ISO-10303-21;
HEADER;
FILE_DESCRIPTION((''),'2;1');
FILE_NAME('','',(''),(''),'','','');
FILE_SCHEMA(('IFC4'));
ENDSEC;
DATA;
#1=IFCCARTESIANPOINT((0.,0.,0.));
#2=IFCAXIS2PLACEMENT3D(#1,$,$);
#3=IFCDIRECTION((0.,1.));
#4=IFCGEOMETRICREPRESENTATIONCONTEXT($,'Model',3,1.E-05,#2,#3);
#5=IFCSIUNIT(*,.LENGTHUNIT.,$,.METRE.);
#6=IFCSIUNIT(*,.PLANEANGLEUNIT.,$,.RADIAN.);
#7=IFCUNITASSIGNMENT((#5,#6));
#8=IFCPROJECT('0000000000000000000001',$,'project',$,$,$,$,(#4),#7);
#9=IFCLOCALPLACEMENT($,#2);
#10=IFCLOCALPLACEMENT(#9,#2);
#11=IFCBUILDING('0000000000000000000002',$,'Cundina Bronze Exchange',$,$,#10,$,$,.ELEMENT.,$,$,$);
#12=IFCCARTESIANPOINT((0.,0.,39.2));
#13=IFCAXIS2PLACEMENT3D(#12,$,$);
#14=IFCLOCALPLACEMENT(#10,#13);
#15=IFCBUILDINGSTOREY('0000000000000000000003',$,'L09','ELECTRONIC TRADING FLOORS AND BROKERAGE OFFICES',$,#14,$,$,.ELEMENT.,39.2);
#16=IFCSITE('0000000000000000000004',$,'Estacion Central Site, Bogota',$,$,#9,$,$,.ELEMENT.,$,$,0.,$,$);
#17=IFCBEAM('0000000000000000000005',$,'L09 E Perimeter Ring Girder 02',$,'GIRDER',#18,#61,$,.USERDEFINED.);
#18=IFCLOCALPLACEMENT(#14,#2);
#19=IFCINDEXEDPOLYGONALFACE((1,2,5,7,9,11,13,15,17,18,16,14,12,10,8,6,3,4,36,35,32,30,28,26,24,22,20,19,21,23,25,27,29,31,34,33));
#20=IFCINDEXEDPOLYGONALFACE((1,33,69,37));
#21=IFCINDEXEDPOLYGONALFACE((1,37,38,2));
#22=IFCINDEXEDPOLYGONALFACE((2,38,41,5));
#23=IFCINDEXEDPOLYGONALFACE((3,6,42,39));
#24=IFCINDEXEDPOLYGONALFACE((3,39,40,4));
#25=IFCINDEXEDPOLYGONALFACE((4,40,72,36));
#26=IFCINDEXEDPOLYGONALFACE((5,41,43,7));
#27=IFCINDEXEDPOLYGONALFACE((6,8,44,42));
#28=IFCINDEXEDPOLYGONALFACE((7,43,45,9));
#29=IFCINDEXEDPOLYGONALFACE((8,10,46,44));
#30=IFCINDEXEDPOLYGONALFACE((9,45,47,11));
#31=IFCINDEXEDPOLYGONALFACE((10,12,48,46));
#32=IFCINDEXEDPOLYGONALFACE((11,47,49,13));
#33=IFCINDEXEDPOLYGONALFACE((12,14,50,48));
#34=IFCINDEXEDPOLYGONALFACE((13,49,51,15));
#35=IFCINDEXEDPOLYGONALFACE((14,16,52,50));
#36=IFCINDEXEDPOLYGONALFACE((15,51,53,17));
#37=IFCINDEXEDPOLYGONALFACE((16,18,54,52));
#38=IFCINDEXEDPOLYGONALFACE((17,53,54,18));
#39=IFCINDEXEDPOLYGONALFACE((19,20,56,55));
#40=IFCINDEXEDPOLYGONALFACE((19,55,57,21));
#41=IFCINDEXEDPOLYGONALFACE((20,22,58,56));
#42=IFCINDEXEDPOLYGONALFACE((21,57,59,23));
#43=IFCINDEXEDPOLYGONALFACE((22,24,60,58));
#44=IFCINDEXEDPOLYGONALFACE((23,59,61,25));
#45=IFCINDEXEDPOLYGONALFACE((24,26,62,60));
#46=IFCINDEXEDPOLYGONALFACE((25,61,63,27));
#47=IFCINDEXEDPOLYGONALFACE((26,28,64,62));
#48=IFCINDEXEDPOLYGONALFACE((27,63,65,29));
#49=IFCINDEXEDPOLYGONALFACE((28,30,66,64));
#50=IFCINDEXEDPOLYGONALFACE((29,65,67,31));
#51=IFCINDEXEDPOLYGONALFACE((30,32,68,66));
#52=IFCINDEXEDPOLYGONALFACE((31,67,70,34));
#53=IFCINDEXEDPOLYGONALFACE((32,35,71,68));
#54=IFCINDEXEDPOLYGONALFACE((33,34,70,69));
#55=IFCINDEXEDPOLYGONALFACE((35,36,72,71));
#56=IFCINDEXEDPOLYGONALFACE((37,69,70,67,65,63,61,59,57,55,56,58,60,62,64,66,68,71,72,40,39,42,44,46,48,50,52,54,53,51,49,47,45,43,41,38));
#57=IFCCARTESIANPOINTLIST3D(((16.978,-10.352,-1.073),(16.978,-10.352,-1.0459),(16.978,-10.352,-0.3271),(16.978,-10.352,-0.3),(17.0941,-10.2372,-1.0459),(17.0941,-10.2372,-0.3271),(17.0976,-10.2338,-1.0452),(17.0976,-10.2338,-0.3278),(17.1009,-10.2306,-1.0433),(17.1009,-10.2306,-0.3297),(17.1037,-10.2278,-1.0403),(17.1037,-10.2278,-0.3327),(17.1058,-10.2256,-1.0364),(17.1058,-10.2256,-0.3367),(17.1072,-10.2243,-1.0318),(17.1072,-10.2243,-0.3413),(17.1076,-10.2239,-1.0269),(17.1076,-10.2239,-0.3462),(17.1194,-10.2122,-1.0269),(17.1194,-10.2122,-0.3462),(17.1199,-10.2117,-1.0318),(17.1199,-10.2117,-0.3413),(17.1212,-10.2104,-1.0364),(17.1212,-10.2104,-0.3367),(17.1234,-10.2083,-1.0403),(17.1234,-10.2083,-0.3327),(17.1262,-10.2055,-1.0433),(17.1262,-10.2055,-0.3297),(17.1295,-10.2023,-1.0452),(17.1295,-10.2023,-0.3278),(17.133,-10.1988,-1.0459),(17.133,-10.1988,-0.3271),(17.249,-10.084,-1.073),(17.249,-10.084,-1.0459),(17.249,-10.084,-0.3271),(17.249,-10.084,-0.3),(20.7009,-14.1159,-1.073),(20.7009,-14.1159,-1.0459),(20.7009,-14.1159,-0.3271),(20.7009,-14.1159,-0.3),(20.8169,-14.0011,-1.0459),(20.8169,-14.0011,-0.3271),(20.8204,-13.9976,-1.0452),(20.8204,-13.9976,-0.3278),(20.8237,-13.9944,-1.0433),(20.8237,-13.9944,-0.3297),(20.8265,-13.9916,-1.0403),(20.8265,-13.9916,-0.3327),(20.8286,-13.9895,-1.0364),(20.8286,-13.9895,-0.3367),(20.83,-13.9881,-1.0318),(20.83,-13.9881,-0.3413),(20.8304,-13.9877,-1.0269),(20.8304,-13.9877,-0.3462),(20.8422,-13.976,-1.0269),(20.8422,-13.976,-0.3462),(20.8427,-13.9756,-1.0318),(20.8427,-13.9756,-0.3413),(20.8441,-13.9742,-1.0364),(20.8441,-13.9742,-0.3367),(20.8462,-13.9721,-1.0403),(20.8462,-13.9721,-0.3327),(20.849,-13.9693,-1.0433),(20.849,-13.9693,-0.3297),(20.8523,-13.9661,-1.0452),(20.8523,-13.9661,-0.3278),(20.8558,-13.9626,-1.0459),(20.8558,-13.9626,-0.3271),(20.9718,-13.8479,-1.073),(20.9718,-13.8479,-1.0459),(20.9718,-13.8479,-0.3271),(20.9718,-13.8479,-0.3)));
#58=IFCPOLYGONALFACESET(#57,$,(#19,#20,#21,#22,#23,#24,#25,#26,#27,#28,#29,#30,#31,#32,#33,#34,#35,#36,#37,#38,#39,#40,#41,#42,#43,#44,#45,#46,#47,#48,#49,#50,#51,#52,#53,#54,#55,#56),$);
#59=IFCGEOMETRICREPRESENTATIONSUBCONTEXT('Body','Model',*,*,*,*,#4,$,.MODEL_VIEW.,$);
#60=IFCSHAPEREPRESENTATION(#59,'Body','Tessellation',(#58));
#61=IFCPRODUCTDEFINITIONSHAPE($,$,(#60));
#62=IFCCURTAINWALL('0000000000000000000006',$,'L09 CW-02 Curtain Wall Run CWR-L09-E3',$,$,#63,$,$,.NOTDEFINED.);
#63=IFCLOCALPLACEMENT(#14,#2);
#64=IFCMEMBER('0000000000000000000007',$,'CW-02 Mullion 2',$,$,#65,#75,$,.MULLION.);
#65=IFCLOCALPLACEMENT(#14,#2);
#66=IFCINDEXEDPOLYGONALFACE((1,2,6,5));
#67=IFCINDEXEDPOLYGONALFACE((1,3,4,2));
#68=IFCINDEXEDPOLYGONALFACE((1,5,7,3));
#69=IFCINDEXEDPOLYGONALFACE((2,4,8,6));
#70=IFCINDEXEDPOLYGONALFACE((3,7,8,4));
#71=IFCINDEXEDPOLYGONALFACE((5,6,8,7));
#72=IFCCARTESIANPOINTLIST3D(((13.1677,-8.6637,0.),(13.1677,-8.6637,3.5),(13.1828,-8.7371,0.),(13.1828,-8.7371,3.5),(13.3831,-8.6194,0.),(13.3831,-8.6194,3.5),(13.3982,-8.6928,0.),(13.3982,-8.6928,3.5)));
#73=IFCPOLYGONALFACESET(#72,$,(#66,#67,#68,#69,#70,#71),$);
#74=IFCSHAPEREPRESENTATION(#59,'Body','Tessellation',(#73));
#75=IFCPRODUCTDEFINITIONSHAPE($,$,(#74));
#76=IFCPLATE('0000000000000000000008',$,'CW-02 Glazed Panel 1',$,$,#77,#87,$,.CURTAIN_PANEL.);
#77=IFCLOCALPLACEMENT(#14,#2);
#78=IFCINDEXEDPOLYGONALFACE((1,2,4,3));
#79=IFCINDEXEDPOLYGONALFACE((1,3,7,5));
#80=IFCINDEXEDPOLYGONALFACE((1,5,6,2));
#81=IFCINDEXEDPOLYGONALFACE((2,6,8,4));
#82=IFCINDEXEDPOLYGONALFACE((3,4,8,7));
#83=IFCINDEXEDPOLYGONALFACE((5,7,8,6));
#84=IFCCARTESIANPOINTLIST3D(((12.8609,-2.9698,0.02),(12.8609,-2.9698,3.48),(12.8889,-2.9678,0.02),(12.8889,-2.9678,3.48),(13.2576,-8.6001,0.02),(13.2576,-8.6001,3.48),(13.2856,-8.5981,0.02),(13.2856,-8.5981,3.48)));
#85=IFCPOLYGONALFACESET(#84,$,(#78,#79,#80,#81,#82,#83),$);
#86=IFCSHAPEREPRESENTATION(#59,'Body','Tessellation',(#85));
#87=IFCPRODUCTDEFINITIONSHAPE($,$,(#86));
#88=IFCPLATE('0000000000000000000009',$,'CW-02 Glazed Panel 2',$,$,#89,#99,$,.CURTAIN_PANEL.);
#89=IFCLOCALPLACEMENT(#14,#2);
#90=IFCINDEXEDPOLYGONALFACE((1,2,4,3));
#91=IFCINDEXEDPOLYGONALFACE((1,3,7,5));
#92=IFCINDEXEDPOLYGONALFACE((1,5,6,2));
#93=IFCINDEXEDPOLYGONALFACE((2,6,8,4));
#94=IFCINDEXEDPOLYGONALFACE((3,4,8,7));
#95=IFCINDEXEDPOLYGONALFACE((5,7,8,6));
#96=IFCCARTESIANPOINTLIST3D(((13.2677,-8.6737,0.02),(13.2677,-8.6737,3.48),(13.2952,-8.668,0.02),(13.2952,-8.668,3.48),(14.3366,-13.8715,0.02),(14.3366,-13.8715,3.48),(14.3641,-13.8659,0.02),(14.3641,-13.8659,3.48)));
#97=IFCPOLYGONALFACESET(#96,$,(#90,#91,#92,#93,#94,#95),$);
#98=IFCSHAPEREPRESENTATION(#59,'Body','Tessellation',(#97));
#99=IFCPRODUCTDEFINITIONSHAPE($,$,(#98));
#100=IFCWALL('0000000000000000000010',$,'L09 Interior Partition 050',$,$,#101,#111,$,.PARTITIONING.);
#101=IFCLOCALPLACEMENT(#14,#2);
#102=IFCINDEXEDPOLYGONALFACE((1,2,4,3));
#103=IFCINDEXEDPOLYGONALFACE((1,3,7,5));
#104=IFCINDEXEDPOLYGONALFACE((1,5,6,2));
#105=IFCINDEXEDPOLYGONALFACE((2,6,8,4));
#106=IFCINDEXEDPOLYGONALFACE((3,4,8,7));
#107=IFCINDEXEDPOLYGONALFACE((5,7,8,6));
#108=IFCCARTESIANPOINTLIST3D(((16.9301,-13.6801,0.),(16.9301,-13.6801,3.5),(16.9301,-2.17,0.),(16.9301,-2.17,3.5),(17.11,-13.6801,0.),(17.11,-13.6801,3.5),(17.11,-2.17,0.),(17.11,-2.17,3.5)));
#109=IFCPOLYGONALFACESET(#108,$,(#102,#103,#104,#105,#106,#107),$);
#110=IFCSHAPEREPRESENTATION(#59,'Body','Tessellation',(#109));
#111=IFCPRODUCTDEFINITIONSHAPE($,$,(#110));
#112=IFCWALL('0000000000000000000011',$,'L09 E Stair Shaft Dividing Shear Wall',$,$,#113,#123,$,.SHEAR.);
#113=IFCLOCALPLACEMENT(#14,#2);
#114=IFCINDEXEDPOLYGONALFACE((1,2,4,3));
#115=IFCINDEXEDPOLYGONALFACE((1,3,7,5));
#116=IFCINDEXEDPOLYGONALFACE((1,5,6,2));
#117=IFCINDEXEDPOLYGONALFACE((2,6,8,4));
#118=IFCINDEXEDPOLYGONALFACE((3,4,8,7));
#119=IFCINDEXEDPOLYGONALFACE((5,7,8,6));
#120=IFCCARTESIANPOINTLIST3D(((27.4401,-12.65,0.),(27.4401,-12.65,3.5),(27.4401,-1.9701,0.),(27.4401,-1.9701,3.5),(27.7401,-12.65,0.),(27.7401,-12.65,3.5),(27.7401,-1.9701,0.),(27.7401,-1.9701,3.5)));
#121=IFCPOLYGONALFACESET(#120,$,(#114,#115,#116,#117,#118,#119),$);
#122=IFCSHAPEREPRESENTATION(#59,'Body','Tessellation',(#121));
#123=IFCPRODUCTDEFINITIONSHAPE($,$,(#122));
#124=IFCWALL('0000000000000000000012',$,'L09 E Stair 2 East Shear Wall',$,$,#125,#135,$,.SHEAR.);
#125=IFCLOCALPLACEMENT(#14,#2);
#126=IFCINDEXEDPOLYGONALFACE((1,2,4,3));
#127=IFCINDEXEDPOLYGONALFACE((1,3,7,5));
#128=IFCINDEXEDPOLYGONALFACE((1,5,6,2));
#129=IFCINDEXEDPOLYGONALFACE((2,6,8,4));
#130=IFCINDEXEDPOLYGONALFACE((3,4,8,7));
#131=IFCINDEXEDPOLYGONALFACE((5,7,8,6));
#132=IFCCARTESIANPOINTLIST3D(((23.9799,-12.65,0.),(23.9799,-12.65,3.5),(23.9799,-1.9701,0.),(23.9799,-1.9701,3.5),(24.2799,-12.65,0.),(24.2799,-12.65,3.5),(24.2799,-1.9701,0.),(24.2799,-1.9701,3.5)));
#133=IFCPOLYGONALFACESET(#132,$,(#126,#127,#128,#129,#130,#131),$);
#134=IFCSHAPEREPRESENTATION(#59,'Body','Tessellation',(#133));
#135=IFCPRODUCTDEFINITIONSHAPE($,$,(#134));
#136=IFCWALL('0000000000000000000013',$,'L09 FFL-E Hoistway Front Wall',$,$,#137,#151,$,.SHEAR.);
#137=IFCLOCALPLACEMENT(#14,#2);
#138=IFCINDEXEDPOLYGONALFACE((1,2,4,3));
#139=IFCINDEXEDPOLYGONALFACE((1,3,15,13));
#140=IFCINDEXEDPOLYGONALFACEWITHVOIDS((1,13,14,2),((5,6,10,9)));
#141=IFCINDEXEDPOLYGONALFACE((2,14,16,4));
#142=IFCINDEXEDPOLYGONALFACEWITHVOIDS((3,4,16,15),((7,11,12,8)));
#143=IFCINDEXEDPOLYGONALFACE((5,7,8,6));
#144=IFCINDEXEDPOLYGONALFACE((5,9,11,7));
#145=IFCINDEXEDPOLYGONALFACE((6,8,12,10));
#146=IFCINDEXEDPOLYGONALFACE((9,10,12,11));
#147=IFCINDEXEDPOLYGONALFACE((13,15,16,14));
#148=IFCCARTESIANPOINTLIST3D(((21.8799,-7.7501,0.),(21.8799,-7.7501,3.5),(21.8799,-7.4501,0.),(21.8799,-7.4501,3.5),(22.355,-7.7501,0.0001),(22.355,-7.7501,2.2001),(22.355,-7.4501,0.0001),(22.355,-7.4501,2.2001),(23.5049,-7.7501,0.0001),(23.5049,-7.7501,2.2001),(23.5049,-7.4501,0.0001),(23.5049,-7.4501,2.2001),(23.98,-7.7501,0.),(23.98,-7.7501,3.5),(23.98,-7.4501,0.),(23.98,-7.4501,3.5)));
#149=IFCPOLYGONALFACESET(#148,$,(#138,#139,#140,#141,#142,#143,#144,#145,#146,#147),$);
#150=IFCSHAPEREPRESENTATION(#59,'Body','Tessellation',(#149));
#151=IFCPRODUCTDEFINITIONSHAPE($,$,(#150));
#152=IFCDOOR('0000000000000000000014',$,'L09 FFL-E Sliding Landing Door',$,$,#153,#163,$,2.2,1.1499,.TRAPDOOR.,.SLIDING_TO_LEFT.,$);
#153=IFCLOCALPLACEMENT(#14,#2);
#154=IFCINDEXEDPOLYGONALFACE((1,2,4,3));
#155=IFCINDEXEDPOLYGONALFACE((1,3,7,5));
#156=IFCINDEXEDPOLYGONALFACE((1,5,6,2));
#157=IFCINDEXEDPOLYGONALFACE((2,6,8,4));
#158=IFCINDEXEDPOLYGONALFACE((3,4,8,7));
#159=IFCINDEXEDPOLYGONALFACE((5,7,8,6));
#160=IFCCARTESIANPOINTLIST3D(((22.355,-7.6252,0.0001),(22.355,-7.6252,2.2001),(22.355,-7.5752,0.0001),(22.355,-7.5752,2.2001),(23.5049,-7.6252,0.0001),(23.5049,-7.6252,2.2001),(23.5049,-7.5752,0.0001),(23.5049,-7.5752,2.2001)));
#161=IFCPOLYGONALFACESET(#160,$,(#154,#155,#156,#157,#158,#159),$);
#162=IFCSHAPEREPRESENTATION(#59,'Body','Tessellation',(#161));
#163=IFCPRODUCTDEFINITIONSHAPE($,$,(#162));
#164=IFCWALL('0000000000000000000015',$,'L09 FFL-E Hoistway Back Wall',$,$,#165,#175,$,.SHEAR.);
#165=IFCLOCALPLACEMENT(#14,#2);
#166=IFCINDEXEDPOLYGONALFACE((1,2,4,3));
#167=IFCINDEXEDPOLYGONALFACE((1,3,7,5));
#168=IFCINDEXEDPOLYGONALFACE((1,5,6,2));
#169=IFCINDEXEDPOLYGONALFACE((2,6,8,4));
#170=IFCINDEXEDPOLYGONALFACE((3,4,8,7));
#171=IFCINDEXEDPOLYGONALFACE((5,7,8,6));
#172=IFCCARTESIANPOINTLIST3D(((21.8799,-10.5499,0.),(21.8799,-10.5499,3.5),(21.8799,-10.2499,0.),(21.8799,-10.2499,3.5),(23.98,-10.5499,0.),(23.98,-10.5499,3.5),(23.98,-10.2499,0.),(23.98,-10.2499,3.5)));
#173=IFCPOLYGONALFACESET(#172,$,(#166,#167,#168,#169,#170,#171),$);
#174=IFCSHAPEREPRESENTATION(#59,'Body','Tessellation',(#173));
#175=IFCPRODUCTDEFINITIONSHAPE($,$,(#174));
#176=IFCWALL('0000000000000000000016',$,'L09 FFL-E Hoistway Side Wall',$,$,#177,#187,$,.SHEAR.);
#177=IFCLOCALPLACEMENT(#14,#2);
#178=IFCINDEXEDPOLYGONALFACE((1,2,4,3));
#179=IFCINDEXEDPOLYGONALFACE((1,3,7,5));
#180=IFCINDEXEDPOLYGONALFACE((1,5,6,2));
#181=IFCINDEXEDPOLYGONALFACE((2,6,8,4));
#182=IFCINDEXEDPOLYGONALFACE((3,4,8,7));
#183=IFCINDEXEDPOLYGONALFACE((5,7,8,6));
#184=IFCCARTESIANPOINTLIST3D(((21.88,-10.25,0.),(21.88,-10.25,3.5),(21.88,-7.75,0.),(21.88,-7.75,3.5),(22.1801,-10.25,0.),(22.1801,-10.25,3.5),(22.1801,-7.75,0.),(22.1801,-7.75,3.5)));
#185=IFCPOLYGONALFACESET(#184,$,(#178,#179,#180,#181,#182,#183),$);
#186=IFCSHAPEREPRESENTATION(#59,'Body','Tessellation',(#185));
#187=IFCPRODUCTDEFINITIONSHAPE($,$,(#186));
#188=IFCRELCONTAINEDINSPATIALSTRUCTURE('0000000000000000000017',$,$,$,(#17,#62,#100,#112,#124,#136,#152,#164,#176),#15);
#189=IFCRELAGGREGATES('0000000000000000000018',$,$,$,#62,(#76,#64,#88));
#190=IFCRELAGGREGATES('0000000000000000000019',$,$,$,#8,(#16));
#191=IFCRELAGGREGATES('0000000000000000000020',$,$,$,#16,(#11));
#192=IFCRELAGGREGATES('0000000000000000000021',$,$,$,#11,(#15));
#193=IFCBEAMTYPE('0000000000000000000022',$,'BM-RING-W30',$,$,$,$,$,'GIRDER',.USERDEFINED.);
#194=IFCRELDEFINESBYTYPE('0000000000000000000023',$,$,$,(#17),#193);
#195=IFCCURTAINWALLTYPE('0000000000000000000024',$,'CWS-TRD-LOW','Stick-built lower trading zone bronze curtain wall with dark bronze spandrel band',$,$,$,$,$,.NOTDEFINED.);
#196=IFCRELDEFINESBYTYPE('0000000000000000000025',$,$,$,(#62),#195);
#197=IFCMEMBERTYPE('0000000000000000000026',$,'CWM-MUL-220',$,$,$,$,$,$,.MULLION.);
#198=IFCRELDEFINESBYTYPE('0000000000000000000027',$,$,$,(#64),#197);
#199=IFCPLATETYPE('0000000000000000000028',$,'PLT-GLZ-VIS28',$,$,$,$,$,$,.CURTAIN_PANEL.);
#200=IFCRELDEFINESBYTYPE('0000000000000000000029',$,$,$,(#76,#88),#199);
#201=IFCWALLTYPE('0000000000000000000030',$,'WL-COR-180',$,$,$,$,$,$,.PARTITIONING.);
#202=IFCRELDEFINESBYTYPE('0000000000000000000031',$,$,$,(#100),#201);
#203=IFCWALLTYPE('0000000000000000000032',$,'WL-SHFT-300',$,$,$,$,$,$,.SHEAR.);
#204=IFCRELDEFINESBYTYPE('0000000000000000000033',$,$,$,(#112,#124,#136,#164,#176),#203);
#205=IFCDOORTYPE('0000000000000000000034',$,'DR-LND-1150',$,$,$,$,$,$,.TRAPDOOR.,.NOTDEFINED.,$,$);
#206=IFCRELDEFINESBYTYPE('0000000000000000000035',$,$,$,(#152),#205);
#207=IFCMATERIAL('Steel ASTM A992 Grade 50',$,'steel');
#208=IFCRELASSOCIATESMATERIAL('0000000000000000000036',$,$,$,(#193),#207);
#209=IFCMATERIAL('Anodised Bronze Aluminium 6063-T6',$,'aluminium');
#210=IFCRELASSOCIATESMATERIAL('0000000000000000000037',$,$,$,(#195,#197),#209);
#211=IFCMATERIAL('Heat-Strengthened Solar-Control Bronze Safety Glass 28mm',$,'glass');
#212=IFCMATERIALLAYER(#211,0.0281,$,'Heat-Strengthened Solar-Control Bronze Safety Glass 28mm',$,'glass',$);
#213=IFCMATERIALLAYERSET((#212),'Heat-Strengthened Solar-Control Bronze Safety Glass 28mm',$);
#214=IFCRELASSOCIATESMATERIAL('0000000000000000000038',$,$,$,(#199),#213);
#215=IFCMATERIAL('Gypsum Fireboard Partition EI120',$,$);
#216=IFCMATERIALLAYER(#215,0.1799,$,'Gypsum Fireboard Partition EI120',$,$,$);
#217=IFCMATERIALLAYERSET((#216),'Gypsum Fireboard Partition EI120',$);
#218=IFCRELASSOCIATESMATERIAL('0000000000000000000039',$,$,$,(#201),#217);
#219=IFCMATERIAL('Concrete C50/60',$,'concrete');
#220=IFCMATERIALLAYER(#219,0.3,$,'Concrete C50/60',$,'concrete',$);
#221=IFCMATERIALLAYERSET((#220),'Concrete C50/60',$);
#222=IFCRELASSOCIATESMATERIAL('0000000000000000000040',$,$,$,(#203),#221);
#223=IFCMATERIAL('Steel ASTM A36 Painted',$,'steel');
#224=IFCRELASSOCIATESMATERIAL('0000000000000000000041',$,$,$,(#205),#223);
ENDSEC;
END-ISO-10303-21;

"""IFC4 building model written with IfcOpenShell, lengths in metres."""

from ifc_helpers import new_model, si_unit, direction, frame, frame_2d, origin, origin_2d, place, context, subcontext, project, spatial, rectangle, i_section, extrude, material, layer, layer_set, material_profile, profile_set, type_object, element, fill, aggregate, save


model = new_model("IFC4")

# Units and contexts
model_context = context("Model", 3, precision=1e-05, world=origin(), true_north=direction((0.0, 1.0)))
body_context = subcontext(model_context, "Body", "Model", "MODEL_VIEW")
ifc_project = project(units=[si_unit("LENGTHUNIT", "METRE"), si_unit("PLANEANGLEUNIT", "RADIAN")], contexts=[model_context])

# Site, building, storey
site_placement = place(None, origin())
site = spatial("IfcSite", under=ifc_project, at=site_placement, Name="Estacion Central Site, Bogota", CompositionType="ELEMENT", RefElevation=0.0)
building_placement = place(site_placement, origin())
building = spatial("IfcBuilding", under=site, at=building_placement, Name="Cundina Bronze Exchange", CompositionType="ELEMENT")
storey_placement = place(building_placement, frame((0.0, 0.0, 39.2)))
storey = spatial("IfcBuildingStorey", under=building, at=storey_placement, Name="L09", Description="ELECTRONIC TRADING FLOORS AND BROKERAGE OFFICES", CompositionType="ELEMENT", Elevation=39.2)

# Beam
ifc_material_1 = material(Name="Steel ASTM A992 Grade 50", Category="steel")
ifc_material_profile_1 = material_profile(ifc_material_1, i_section(OverallWidth=0.3811, OverallDepth=0.7729, WebThickness=0.0166, FlangeThickness=0.0271, FilletRadius=0.019, at=origin_2d()), Name="W30X173", Category="steel")
ifc_profile_set_1 = profile_set([ifc_material_profile_1], Name="Steel ASTM A992 Grade 50")
beam_type_1 = type_object("IfcBeamType", Name="BM-RING-W30", ElementType="GIRDER", PredefinedType="USERDEFINED", material=ifc_profile_set_1)
beam_1_placement = place(storey_placement, frame((17.1135, -10.218, -0.6865), z_axis=(0.703222, -0.71097, 0.0), x_axis=(0.71097, 0.703222, 0.0)))
element("IfcBeam", 1, at=beam_1_placement, inside=storey, type_object=beam_type_1, Name="L09 E Perimeter Ring Girder 02", ObjectType="GIRDER", PredefinedType="USERDEFINED", context=body_context, shape_type="SweptSolid", body=[
    extrude(i_section(OverallWidth=0.3811, OverallDepth=0.7729, WebThickness=0.0166, FlangeThickness=0.0271, FilletRadius=0.019, at=origin_2d()), origin(), (0.0, 0.0, 1.0), 5.2939),
])

# Curtain wall, member, plates
ifc_material_2 = material(Name="Anodised Bronze Aluminium 6063-T6", Category="aluminium")
curtain_wall_type = type_object("IfcCurtainWallType", Name="CWS-TRD-LOW", Description="Stick-built lower trading zone bronze curtain wall with dark bronze spandrel band", PredefinedType="NOTDEFINED", material=ifc_material_2)
curtain_wall_placement = place(storey_placement, origin())
curtain_wall = element("IfcCurtainWall", 2, at=curtain_wall_placement, inside=storey, type_object=curtain_wall_type, Name="L09 CW-02 Curtain Wall Run CWR-L09-E3", PredefinedType="NOTDEFINED")
ifc_material_profile_2 = material_profile(ifc_material_2, rectangle(XDim=0.075, YDim=0.22, at=origin_2d()), Name="AL75X220", Category="aluminium")
ifc_profile_set_2 = profile_set([ifc_material_profile_2], Name="Anodised Bronze Aluminium 6063-T6")
member_type = type_object("IfcMemberType", Name="CWM-MUL-220", PredefinedType="MULLION", material=ifc_profile_set_2)
member_placement = place(storey_placement, frame((13.283, -8.6782, 0.0), z_axis=(0.0, 0.0, 1.0), x_axis=(0.20142, -0.979505, 0.0)))
member = element("IfcMember", 3, at=member_placement, type_object=member_type, Name="CW-02 Mullion 2", PredefinedType="MULLION", context=body_context, shape_type="SweptSolid", body=[
    extrude(rectangle(XDim=0.075, YDim=0.22, at=origin_2d()), origin(), (0.0, 0.0, 1.0), 3.5),
])
ifc_material_3 = material(Name="Heat-Strengthened Solar-Control Bronze Safety Glass 28mm", Category="glass")
ifc_layer_1 = layer(ifc_material_3, 0.0281, Name="Heat-Strengthened Solar-Control Bronze Safety Glass 28mm", Category="glass")
ifc_layer_set_1 = layer_set([ifc_layer_1], Name="Heat-Strengthened Solar-Control Bronze Safety Glass 28mm")
plate_type = type_object("IfcPlateType", Name="PLT-GLZ-VIS28", PredefinedType="CURTAIN_PANEL", material=ifc_layer_set_1)
plate_1_placement = place(storey_placement, frame((13.0732, -5.7839, 0.02), z_axis=(0.0, 0.0, 1.0), x_axis=(0.070279, -0.997527, 0.0)))
plate_1 = element("IfcPlate", 4, at=plate_1_placement, type_object=plate_type, Name="CW-02 Glazed Panel 1", PredefinedType="CURTAIN_PANEL", context=body_context, shape_type="SweptSolid", body=[
    extrude(rectangle(XDim=5.6443, YDim=0.0281, at=origin_2d()), origin(), (0.0, 0.0, 1.0), 3.46),
])
plate_2_placement = place(storey_placement, frame((13.8159, -11.2698, 0.02), z_axis=(0.0, 0.0, 1.0), x_axis=(0.20142, -0.979505, 0.0)))
plate_2 = element("IfcPlate", 5, at=plate_2_placement, type_object=plate_type, Name="CW-02 Glazed Panel 2", PredefinedType="CURTAIN_PANEL", context=body_context, shape_type="SweptSolid", body=[
    extrude(rectangle(XDim=5.3066, YDim=0.0281, at=origin_2d()), origin(), (0.0, 0.0, 1.0), 3.46),
])
aggregate(curtain_wall, [plate_1, member, plate_2])

# Walls
ifc_material_4 = material(Name="Gypsum Fireboard Partition EI120")
ifc_layer_2 = layer(ifc_material_4, 0.1799, Name="Gypsum Fireboard Partition EI120")
ifc_layer_set_2 = layer_set([ifc_layer_2], Name="Gypsum Fireboard Partition EI120")
wall_type_1 = type_object("IfcWallType", Name="WL-COR-180", PredefinedType="PARTITIONING", material=ifc_layer_set_2)
wall_1_placement = place(storey_placement, frame((17.02, -13.6799, 0.0), z_axis=(0.0, 0.0, 1.0), x_axis=(0.0, 1.0, 0.0)))
element("IfcWall", 6, at=wall_1_placement, inside=storey, type_object=wall_type_1, Name="L09 Interior Partition 050", PredefinedType="PARTITIONING", context=body_context, shape_type="SweptSolid", body=[
    extrude(rectangle(XDim=11.51, YDim=0.1799, at=frame_2d((5.7549, 0.0))), origin(), (0.0, 0.0, 1.0), 3.5),
])
ifc_material_5 = material(Name="Concrete C50/60", Category="concrete")
ifc_layer_3 = layer(ifc_material_5, 0.3, Name="Concrete C50/60", Category="concrete")
ifc_layer_set_3 = layer_set([ifc_layer_3], Name="Concrete C50/60")
wall_type_2 = type_object("IfcWallType", Name="WL-SHFT-300", PredefinedType="SHEAR", material=ifc_layer_set_3)
for number, where, z_axis, x_axis, name in (
    (7, (27.5901, -12.6499, 0.0), (0.0, 0.0, 1.0), (0.0, 1.0, 0.0), "L09 E Stair Shaft Dividing Shear Wall"),
    (8, (24.1299, -12.6499, 0.0), (0.0, 0.0, 1.0), (0.0, 1.0, 0.0), "L09 E Stair 2 East Shear Wall"),
):
    element("IfcWall", number, at=place(storey_placement, frame(where, z_axis=z_axis, x_axis=x_axis)), inside=storey, type_object=wall_type_2, Name=name, PredefinedType="SHEAR", context=body_context, shape_type="SweptSolid", body=[
        extrude(rectangle(XDim=10.6799, YDim=0.3, at=frame_2d((5.3398, 0.0))), origin(), (0.0, 0.0, 1.0), 3.5),
    ])

# Wall, opening, door
ifc_material_6 = material(Name="Steel ASTM A36 Painted", Category="steel")
wall_2_placement = place(storey_placement, frame((21.8799, -7.6001, 0.0), z_axis=(0.0, 0.0, 1.0), x_axis=(1.0, 0.0, 0.0)))
wall_2 = element("IfcWall", 9, at=wall_2_placement, inside=storey, type_object=wall_type_2, Name="L09 FFL-E Hoistway Front Wall", PredefinedType="SHEAR", context=body_context, shape_type="SweptSolid", body=[
    extrude(rectangle(XDim=2.1001, YDim=0.3, at=frame_2d((1.05, 0.0))), origin(), (0.0, 0.0, 1.0), 3.5),
])
opening_1_placement = place(wall_2_placement, frame((0.4751, 0.0, 0.0)))
opening_1 = element("IfcOpeningElement", 10, at=opening_1_placement, cuts=wall_2, PredefinedType="OPENING", context=body_context, shape_type="SweptSolid", body=[
    extrude(rectangle(XDim=1.1499, YDim=2.2, at=frame_2d((0.575, 1.1001))), frame((0.0, 0.1599, 0.0), z_axis=(0.0, -1.0, 0.0), x_axis=(1.0, 0.0, 0.0)), (0.0, 0.0, 1.0), 0.3201),
])
door_type_1 = type_object("IfcDoorType", Name="DR-LND-1150", OperationType="NOTDEFINED", PredefinedType="TRAPDOOR", material=ifc_material_6)
door_1_placement = place(opening_1_placement, origin())
door_1 = element("IfcDoor", 11, at=door_1_placement, inside=storey, type_object=door_type_1, Name="L09 FFL-E Sliding Landing Door", OperationType="SLIDING_TO_LEFT", OverallHeight=2.2, OverallWidth=1.1499, PredefinedType="TRAPDOOR", context=body_context, shape_type="SweptSolid", body=[
    extrude(rectangle(XDim=1.1499, YDim=2.2, at=frame_2d((0.575, 1.1001))), frame((0.0, 0.0249, 0.0), z_axis=(0.0, -1.0, 0.0), x_axis=(1.0, 0.0, 0.0)), (0.0, 0.0, 1.0), 0.05),
])
fill(opening_1, door_1)

# Walls
wall_3_placement = place(storey_placement, frame((21.8799, -10.3999, 0.0), z_axis=(0.0, 0.0, 1.0), x_axis=(1.0, 0.0, 0.0)))
element("IfcWall", 12, at=wall_3_placement, inside=storey, type_object=wall_type_2, Name="L09 FFL-E Hoistway Back Wall", PredefinedType="SHEAR", context=body_context, shape_type="SweptSolid", body=[
    extrude(rectangle(XDim=2.1001, YDim=0.3, at=frame_2d((1.05, 0.0))), origin(), (0.0, 0.0, 1.0), 3.5),
])
wall_4_placement = place(storey_placement, frame((22.03, -10.25, 0.0), z_axis=(0.0, 0.0, 1.0), x_axis=(0.0, 1.0, 0.0)))
element("IfcWall", 13, at=wall_4_placement, inside=storey, type_object=wall_type_2, Name="L09 FFL-E Hoistway Side Wall", PredefinedType="SHEAR", context=body_context, shape_type="SweptSolid", body=[
    extrude(rectangle(XDim=2.5, YDim=0.3, at=frame_2d((1.25, 0.0))), origin(), (0.0, 0.0, 1.0), 3.5),
])

save(model, "model.ifc")
